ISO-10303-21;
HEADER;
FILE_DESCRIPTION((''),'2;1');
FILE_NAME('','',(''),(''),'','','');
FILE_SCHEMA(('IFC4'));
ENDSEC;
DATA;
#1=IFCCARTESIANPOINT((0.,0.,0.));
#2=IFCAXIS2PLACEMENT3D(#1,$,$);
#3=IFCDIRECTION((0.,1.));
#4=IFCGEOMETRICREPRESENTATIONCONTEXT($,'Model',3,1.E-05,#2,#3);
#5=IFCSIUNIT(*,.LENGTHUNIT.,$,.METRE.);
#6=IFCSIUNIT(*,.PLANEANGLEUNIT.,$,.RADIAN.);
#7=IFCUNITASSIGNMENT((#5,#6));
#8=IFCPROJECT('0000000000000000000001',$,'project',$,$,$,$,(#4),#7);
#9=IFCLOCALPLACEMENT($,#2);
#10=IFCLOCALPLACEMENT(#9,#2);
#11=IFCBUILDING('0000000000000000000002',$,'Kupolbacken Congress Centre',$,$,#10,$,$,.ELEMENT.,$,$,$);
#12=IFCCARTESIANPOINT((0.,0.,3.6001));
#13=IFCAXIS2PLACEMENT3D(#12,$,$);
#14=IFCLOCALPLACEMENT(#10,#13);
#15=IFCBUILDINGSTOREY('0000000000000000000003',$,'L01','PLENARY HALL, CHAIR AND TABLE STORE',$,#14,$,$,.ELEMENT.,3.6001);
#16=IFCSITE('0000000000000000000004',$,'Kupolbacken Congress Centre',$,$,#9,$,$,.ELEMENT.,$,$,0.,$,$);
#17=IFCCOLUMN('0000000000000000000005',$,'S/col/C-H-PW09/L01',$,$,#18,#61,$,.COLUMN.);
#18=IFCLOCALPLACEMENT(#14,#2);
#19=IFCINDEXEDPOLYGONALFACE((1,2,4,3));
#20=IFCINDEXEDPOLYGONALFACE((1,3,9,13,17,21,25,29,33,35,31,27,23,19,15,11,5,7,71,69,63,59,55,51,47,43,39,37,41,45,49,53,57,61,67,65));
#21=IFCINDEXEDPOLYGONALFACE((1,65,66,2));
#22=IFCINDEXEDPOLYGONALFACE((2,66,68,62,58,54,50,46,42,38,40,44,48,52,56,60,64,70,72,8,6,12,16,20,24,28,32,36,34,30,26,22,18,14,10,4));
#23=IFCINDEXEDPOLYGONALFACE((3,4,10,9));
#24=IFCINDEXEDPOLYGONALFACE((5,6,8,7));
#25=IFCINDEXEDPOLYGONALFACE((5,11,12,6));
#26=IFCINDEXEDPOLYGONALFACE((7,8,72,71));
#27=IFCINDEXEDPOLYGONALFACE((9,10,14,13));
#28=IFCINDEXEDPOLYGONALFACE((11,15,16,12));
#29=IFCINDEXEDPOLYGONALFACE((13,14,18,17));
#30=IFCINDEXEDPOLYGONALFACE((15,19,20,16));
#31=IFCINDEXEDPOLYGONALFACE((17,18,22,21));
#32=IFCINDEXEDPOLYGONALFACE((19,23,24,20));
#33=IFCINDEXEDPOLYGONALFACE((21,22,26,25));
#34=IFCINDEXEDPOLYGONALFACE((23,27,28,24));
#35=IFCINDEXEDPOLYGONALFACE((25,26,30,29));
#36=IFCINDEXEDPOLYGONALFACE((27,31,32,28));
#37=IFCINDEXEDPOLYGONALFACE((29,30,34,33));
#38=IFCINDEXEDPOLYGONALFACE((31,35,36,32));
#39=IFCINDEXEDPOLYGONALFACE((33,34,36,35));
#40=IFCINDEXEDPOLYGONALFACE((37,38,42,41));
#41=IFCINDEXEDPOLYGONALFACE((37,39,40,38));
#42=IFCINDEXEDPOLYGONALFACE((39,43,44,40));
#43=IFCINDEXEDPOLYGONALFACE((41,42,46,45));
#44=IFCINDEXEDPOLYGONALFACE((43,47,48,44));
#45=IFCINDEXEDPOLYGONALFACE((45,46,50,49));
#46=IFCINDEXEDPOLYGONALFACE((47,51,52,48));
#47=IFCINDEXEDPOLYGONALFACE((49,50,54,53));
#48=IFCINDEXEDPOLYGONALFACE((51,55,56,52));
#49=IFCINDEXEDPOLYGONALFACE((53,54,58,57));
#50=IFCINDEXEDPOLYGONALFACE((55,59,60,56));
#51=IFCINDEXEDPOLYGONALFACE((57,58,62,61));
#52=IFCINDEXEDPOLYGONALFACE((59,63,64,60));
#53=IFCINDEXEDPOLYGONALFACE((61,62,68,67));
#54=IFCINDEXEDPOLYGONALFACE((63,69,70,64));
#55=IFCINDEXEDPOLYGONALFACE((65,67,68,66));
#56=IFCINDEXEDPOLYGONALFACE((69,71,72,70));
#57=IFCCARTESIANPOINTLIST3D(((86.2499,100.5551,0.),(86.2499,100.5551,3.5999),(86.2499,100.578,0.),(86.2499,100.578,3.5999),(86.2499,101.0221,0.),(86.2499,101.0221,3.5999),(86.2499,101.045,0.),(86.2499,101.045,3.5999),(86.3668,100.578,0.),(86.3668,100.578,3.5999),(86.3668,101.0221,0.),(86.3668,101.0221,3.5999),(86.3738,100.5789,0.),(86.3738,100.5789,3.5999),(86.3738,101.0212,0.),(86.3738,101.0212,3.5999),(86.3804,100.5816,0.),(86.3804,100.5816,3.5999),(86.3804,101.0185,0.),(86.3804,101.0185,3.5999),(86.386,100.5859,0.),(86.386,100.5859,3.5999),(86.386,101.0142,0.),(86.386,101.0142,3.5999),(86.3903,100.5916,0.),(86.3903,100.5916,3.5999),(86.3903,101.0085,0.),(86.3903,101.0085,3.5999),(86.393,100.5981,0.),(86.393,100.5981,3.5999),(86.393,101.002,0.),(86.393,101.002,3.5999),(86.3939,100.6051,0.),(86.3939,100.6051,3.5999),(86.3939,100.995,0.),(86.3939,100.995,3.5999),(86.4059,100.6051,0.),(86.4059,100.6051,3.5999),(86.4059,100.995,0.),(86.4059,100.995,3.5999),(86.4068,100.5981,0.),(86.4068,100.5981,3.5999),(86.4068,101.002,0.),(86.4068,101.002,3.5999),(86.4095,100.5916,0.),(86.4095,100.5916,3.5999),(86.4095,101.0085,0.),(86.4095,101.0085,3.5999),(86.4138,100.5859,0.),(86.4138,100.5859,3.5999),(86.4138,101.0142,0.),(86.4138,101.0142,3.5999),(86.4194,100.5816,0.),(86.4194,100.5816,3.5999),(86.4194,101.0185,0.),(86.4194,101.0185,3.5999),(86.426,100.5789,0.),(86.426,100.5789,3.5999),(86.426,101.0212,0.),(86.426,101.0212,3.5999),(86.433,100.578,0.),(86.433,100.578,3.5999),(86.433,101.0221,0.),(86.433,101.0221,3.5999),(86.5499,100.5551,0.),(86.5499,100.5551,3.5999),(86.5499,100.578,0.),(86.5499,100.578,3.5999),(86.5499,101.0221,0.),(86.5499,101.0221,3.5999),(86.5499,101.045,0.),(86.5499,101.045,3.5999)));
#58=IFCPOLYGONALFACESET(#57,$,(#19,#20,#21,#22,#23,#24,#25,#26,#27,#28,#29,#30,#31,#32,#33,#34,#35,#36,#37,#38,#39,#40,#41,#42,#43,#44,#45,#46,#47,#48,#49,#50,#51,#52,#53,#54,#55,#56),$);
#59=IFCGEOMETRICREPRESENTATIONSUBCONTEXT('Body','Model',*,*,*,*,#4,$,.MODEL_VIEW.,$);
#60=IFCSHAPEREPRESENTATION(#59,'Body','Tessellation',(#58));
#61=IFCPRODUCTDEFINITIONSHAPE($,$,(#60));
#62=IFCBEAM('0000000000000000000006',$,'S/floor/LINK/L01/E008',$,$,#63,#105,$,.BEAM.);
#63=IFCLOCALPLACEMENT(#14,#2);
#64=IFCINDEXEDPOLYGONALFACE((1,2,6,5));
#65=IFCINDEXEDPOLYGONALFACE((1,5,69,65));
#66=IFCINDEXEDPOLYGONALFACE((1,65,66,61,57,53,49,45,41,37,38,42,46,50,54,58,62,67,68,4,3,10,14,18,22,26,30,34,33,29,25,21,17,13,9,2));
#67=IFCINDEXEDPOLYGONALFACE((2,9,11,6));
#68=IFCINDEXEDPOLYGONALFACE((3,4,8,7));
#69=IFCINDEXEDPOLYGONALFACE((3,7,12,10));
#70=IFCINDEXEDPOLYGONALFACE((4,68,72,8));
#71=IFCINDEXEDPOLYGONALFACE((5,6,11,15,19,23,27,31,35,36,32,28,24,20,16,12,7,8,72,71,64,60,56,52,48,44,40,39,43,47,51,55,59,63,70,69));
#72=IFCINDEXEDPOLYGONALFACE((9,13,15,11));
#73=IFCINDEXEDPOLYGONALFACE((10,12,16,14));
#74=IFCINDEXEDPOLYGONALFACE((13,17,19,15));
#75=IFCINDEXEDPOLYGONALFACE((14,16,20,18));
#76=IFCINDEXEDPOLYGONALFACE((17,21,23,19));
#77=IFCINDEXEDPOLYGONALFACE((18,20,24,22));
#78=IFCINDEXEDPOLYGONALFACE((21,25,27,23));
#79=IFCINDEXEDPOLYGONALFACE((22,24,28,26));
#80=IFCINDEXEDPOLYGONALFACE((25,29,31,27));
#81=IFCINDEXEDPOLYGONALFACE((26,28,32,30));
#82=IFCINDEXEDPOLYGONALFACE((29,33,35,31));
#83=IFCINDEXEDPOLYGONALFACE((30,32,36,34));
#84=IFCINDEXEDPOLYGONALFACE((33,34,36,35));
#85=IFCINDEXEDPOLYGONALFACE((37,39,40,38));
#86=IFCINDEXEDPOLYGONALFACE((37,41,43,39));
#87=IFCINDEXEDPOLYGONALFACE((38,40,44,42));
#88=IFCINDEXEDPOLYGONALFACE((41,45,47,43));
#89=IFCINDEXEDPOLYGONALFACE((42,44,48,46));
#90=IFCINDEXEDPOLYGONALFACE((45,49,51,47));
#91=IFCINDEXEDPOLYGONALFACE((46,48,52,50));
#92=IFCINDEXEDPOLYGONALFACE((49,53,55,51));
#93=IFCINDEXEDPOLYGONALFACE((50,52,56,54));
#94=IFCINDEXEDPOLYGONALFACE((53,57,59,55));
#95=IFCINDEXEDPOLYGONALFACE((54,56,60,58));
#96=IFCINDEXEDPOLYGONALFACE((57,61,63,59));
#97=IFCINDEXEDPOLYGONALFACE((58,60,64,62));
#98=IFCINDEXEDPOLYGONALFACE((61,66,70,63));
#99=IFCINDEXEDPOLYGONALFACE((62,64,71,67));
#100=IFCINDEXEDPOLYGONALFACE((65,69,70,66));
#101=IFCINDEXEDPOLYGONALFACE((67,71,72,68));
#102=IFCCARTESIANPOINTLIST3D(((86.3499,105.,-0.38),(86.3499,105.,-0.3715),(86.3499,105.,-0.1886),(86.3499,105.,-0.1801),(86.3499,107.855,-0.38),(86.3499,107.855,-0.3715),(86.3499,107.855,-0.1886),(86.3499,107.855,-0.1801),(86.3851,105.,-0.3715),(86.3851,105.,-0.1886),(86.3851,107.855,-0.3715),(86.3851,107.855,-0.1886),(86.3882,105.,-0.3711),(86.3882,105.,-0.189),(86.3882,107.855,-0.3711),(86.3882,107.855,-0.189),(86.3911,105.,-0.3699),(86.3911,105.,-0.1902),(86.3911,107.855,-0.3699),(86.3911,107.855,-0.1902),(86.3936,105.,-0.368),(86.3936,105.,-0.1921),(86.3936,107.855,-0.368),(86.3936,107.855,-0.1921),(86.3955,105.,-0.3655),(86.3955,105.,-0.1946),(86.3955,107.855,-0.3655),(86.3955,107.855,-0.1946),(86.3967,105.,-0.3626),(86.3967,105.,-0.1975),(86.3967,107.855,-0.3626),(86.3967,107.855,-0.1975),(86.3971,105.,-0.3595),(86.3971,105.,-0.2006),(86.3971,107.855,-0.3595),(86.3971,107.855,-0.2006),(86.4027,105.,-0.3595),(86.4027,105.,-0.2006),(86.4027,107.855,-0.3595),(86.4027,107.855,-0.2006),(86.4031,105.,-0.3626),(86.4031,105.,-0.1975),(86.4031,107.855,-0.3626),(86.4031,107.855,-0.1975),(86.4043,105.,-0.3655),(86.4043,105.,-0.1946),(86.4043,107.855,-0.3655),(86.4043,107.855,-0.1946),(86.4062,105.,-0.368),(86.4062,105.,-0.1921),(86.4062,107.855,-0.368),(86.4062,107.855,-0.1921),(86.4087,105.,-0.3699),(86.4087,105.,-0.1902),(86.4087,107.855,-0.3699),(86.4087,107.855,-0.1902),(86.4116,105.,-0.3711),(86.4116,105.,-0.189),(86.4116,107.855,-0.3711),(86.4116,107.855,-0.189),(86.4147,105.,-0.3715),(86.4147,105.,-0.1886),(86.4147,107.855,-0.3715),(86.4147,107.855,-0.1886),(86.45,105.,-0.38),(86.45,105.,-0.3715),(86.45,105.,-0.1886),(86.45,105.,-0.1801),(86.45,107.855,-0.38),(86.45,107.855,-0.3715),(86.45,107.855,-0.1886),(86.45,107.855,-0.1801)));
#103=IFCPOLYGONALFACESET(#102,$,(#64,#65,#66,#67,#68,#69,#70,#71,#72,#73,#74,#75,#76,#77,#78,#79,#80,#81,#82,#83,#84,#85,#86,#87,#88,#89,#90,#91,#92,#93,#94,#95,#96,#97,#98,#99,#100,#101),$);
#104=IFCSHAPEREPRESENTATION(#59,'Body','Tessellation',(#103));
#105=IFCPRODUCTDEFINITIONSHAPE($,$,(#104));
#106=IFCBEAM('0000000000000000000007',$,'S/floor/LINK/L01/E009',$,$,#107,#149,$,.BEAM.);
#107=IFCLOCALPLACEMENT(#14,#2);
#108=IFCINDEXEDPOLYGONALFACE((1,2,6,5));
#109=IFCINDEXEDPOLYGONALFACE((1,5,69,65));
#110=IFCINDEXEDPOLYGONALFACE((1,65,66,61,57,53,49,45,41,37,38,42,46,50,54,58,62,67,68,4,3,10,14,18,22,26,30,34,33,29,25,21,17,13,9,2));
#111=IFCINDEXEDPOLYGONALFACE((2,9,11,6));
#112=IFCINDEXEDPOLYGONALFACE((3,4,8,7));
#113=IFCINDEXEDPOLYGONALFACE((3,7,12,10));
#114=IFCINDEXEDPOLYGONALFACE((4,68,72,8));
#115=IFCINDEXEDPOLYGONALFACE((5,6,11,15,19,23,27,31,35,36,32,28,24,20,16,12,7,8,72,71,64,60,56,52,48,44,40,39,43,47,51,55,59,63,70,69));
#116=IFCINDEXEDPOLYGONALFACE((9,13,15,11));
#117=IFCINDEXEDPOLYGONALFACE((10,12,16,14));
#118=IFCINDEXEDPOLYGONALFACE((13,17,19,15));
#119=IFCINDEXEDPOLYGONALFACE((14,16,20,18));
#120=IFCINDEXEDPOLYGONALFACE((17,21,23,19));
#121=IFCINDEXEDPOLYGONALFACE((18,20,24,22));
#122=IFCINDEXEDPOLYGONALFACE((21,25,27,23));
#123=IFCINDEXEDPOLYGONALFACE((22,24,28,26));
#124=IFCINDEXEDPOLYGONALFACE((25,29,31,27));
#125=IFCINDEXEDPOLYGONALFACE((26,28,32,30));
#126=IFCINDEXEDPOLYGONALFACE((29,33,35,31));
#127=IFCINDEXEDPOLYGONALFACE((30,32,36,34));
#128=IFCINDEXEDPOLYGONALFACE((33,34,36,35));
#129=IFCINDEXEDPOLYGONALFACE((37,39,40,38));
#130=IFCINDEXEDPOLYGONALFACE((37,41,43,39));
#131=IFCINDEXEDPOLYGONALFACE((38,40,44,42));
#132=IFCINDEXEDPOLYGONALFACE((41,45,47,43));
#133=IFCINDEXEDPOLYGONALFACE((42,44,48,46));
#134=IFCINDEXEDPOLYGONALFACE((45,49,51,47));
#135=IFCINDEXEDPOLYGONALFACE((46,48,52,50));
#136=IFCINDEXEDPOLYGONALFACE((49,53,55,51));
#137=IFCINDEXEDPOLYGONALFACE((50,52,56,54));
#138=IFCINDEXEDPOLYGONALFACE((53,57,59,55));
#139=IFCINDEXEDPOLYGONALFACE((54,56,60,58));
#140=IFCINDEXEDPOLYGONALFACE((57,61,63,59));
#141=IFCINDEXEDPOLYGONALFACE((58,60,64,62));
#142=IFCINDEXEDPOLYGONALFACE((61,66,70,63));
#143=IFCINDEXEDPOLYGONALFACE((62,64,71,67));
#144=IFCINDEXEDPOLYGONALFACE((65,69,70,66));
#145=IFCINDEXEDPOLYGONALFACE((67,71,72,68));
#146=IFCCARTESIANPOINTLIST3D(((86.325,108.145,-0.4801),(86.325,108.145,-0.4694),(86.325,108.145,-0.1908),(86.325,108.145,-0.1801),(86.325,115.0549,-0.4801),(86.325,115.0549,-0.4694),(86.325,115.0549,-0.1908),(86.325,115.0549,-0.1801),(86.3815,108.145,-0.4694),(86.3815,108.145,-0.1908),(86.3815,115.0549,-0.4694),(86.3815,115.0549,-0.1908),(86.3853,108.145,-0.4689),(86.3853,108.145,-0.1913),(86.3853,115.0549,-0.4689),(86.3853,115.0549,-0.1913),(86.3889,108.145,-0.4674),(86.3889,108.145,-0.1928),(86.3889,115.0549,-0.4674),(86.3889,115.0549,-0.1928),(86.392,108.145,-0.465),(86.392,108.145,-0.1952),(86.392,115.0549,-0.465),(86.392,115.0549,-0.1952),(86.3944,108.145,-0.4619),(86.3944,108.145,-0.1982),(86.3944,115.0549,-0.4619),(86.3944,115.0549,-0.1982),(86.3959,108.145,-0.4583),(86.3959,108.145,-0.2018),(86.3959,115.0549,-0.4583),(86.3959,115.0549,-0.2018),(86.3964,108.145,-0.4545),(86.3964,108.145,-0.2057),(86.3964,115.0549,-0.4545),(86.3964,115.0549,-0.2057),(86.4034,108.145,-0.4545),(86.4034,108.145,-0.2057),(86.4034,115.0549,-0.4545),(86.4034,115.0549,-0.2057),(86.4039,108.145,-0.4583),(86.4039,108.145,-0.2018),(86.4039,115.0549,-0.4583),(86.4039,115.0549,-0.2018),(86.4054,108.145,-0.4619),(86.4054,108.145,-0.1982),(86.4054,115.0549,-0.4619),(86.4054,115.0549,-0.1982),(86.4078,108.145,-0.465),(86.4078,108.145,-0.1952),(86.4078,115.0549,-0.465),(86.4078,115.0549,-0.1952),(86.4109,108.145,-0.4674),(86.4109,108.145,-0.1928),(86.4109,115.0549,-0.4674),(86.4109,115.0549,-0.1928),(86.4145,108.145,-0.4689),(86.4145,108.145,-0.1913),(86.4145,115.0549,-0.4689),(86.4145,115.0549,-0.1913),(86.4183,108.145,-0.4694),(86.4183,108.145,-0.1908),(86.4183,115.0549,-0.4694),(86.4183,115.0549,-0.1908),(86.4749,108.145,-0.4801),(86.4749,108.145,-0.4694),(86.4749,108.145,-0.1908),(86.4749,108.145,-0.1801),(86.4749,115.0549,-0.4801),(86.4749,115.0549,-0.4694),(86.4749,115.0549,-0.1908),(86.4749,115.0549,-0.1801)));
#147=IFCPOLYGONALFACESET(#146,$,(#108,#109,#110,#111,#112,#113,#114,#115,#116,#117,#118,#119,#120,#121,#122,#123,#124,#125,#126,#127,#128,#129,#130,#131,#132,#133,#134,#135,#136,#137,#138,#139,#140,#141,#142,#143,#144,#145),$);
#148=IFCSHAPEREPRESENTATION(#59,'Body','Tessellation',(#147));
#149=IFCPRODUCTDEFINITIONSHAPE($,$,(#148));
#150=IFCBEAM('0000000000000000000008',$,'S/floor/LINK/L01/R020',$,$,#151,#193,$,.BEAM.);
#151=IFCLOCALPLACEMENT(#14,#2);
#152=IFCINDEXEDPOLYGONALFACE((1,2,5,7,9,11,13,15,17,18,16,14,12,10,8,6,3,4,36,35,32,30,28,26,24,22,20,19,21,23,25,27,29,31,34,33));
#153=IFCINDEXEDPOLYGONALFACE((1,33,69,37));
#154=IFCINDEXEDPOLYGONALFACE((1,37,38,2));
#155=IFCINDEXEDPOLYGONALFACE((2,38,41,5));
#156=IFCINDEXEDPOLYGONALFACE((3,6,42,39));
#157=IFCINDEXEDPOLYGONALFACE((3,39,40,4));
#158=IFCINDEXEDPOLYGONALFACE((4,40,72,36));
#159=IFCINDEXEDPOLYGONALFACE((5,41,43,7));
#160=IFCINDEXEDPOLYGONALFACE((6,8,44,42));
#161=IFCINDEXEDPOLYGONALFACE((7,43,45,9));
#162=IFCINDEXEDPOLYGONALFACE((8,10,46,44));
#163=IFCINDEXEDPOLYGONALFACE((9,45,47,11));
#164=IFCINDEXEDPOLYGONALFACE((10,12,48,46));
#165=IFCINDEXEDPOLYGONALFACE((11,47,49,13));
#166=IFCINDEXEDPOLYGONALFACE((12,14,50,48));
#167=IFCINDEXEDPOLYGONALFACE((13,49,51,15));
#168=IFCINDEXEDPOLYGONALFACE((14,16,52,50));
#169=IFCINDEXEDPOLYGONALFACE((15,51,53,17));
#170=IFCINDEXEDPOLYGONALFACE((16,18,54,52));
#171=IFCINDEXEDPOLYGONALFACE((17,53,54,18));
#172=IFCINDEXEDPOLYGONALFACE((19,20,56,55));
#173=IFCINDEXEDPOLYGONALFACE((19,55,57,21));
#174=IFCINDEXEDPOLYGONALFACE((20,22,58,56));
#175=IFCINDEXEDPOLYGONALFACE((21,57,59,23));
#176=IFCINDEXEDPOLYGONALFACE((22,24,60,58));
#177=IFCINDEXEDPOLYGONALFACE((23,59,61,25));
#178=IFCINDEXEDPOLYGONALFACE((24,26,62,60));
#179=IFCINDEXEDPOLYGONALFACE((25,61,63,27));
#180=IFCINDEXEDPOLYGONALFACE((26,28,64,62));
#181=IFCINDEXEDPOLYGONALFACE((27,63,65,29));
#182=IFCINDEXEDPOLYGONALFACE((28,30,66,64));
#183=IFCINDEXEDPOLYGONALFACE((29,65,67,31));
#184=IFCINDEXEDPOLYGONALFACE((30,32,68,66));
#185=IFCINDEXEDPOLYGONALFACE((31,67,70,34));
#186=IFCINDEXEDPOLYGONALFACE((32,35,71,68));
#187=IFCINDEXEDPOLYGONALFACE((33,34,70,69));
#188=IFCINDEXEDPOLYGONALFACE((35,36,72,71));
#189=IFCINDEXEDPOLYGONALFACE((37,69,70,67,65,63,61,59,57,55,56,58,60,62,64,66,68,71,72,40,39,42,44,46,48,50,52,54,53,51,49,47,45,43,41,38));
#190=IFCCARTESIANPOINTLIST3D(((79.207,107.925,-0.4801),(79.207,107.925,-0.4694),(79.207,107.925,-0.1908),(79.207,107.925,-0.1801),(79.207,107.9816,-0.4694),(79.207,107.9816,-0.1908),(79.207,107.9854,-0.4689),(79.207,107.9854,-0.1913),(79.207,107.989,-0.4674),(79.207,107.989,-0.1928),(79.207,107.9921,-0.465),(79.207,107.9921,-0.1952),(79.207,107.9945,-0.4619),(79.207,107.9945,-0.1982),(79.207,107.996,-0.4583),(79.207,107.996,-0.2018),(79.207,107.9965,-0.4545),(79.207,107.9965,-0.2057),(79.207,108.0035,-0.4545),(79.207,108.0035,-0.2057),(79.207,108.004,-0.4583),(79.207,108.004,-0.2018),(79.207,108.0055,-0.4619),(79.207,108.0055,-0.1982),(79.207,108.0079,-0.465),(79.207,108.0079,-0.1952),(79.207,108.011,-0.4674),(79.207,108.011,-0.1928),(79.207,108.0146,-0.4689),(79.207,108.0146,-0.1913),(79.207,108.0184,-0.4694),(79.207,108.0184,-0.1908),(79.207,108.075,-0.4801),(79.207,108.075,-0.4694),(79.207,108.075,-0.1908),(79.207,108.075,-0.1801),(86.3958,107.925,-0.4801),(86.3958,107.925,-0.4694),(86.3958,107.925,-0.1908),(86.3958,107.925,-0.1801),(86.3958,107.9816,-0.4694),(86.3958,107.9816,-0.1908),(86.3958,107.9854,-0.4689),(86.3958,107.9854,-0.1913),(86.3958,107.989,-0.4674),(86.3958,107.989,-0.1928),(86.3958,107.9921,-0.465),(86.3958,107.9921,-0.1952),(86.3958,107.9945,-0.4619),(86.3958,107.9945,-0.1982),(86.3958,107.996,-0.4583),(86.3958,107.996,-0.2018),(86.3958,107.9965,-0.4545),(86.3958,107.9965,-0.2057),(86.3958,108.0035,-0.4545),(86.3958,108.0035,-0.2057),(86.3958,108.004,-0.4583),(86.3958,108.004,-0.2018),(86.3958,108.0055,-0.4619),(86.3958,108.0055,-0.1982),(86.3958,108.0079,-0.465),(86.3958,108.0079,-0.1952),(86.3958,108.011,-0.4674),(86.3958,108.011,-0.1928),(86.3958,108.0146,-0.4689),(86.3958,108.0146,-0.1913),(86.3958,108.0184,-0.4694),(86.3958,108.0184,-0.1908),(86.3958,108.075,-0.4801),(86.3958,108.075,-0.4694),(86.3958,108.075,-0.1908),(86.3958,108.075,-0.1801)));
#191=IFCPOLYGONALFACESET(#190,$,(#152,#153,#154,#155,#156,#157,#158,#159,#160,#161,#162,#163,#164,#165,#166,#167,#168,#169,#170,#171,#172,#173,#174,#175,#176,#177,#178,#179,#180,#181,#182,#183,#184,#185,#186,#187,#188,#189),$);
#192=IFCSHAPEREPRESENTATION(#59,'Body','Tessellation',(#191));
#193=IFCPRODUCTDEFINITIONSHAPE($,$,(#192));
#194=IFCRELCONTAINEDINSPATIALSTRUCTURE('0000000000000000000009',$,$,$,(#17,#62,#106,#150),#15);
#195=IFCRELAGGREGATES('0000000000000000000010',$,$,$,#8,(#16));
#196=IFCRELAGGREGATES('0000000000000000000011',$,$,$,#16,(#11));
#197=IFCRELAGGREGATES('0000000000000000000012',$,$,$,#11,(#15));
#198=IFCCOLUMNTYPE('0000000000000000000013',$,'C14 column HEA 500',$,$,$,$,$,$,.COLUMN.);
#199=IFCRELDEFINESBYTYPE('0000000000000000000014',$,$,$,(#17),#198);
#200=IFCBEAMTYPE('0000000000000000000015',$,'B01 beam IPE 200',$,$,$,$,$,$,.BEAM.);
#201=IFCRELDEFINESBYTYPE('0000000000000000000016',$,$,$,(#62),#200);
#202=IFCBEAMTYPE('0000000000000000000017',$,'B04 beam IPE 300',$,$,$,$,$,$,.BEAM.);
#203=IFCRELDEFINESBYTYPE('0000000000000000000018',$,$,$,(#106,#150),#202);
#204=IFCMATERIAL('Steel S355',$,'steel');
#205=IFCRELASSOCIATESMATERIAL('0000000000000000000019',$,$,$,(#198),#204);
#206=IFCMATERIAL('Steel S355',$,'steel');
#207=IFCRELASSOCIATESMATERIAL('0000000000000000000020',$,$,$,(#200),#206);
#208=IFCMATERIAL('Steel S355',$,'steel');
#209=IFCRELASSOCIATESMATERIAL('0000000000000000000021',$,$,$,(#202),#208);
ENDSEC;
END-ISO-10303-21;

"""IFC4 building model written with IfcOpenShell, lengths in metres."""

from ifc_helpers import new_model, si_unit, direction, frame, origin, origin_2d, place, context, subcontext, project, spatial, i_section, extrude, material, material_profile, profile_set, type_object, element, save


model = new_model("IFC4")

# Units and contexts
model_context = context("Model", 3, precision=1e-05, world=origin(), true_north=direction((0.0, 1.0)))
body_context = subcontext(model_context, "Body", "Model", "MODEL_VIEW")
ifc_project = project(units=[si_unit("LENGTHUNIT", "METRE"), si_unit("PLANEANGLEUNIT", "RADIAN")], contexts=[model_context])

# Site, building, storey
site_placement = place(None, origin())
site = spatial("IfcSite", under=ifc_project, at=site_placement, Name="Kupolbacken Congress Centre", CompositionType="ELEMENT", RefElevation=0.0)
building_placement = place(site_placement, origin())
building = spatial("IfcBuilding", under=site, at=building_placement, Name="Kupolbacken Congress Centre", CompositionType="ELEMENT")
storey_placement = place(building_placement, frame((0.0, 0.0, 3.6001)))
storey = spatial("IfcBuildingStorey", under=building, at=storey_placement, Name="L01", Description="PLENARY HALL, CHAIR AND TABLE STORE", CompositionType="ELEMENT", Elevation=3.6001)

# Column
ifc_material_1 = material(Name="Steel S355", Category="steel")
ifc_material_profile_1 = material_profile(ifc_material_1, i_section(OverallWidth=0.3, OverallDepth=0.49, WebThickness=0.012, FlangeThickness=0.0229, FilletRadius=0.0271, at=origin_2d()), Name="HEA 500")
ifc_profile_set_1 = profile_set([ifc_material_profile_1], Name="Steel S355")
column_type_1 = type_object("IfcColumnType", Name="C14 column HEA 500", PredefinedType="COLUMN", material=ifc_profile_set_1)
for number, where, z_axis, x_axis, name in (
    (1, (86.3999, 100.8, 0.0), (0.0, 0.0, 1.0), (1.0, 0.0, 0.0), "S/col/C-H-PW09/L01"),
):
    element("IfcColumn", number, at=place(storey_placement, frame(where, z_axis=z_axis, x_axis=x_axis)), inside=storey, type_object=column_type_1, Name=name, PredefinedType="COLUMN", context=body_context, shape_type="SweptSolid", body=[
        extrude(i_section(OverallWidth=0.3, OverallDepth=0.49, WebThickness=0.012, FlangeThickness=0.0229, FilletRadius=0.0271, at=origin_2d()), origin(), (0.0, 0.0, 1.0), 3.5999),
    ])

# Beams
ifc_material_2 = material(Name="Steel S355", Category="steel")
ifc_material_profile_2 = material_profile(ifc_material_2, i_section(OverallWidth=0.1001, OverallDepth=0.2, WebThickness=0.0056, FlangeThickness=0.0085, FilletRadius=0.012, at=origin_2d()), Name="IPE 200")
ifc_profile_set_2 = profile_set([ifc_material_profile_2], Name="Steel S355")
beam_type_1 = type_object("IfcBeamType", Name="B01 beam IPE 200", PredefinedType="BEAM", material=ifc_profile_set_2)
beam_1_placement = place(storey_placement, frame((86.3999, 105.0, -0.28), z_axis=(0.0, 1.0, 0.0), x_axis=(-1.0, 0.0, 0.0)))
element("IfcBeam", 2, at=beam_1_placement, inside=storey, type_object=beam_type_1, Name="S/floor/LINK/L01/E008", PredefinedType="BEAM", context=body_context, shape_type="SweptSolid", body=[
    extrude(i_section(OverallWidth=0.1001, OverallDepth=0.2, WebThickness=0.0056, FlangeThickness=0.0085, FilletRadius=0.012, at=origin_2d()), origin(), (0.0, 0.0, 1.0), 2.855),
])
ifc_material_3 = material(Name="Steel S355", Category="steel")
ifc_material_profile_3 = material_profile(ifc_material_3, i_section(OverallWidth=0.1499, OverallDepth=0.3, WebThickness=0.0071, FlangeThickness=0.0107, FilletRadius=0.0149, at=origin_2d()), Name="IPE 300")
ifc_profile_set_3 = profile_set([ifc_material_profile_3], Name="Steel S355")
beam_type_2 = type_object("IfcBeamType", Name="B04 beam IPE 300", PredefinedType="BEAM", material=ifc_profile_set_3)
beam_2_placement = place(storey_placement, frame((86.3999, 108.145, -0.3301), z_axis=(0.0, 1.0, 0.0), x_axis=(-1.0, 0.0, 0.0)))
element("IfcBeam", 3, at=beam_2_placement, inside=storey, type_object=beam_type_2, Name="S/floor/LINK/L01/E009", PredefinedType="BEAM", context=body_context, shape_type="SweptSolid", body=[
    extrude(i_section(OverallWidth=0.1499, OverallDepth=0.3, WebThickness=0.0071, FlangeThickness=0.0107, FilletRadius=0.0149, at=origin_2d()), origin(), (0.0, 0.0, 1.0), 6.9099),
])
beam_3_placement = place(storey_placement, frame((79.207, 108.0, -0.3301), z_axis=(1.0, 0.0, 0.0), x_axis=(0.0, 1.0, 0.0)))
element("IfcBeam", 4, at=beam_3_placement, inside=storey, type_object=beam_type_2, Name="S/floor/LINK/L01/R020", PredefinedType="BEAM", context=body_context, shape_type="SweptSolid", body=[
    extrude(i_section(OverallWidth=0.1499, OverallDepth=0.3, WebThickness=0.0071, FlangeThickness=0.0107, FilletRadius=0.0149, at=origin_2d()), origin(), (0.0, 0.0, 1.0), 7.1887),
])

save(model, "model.ifc")
